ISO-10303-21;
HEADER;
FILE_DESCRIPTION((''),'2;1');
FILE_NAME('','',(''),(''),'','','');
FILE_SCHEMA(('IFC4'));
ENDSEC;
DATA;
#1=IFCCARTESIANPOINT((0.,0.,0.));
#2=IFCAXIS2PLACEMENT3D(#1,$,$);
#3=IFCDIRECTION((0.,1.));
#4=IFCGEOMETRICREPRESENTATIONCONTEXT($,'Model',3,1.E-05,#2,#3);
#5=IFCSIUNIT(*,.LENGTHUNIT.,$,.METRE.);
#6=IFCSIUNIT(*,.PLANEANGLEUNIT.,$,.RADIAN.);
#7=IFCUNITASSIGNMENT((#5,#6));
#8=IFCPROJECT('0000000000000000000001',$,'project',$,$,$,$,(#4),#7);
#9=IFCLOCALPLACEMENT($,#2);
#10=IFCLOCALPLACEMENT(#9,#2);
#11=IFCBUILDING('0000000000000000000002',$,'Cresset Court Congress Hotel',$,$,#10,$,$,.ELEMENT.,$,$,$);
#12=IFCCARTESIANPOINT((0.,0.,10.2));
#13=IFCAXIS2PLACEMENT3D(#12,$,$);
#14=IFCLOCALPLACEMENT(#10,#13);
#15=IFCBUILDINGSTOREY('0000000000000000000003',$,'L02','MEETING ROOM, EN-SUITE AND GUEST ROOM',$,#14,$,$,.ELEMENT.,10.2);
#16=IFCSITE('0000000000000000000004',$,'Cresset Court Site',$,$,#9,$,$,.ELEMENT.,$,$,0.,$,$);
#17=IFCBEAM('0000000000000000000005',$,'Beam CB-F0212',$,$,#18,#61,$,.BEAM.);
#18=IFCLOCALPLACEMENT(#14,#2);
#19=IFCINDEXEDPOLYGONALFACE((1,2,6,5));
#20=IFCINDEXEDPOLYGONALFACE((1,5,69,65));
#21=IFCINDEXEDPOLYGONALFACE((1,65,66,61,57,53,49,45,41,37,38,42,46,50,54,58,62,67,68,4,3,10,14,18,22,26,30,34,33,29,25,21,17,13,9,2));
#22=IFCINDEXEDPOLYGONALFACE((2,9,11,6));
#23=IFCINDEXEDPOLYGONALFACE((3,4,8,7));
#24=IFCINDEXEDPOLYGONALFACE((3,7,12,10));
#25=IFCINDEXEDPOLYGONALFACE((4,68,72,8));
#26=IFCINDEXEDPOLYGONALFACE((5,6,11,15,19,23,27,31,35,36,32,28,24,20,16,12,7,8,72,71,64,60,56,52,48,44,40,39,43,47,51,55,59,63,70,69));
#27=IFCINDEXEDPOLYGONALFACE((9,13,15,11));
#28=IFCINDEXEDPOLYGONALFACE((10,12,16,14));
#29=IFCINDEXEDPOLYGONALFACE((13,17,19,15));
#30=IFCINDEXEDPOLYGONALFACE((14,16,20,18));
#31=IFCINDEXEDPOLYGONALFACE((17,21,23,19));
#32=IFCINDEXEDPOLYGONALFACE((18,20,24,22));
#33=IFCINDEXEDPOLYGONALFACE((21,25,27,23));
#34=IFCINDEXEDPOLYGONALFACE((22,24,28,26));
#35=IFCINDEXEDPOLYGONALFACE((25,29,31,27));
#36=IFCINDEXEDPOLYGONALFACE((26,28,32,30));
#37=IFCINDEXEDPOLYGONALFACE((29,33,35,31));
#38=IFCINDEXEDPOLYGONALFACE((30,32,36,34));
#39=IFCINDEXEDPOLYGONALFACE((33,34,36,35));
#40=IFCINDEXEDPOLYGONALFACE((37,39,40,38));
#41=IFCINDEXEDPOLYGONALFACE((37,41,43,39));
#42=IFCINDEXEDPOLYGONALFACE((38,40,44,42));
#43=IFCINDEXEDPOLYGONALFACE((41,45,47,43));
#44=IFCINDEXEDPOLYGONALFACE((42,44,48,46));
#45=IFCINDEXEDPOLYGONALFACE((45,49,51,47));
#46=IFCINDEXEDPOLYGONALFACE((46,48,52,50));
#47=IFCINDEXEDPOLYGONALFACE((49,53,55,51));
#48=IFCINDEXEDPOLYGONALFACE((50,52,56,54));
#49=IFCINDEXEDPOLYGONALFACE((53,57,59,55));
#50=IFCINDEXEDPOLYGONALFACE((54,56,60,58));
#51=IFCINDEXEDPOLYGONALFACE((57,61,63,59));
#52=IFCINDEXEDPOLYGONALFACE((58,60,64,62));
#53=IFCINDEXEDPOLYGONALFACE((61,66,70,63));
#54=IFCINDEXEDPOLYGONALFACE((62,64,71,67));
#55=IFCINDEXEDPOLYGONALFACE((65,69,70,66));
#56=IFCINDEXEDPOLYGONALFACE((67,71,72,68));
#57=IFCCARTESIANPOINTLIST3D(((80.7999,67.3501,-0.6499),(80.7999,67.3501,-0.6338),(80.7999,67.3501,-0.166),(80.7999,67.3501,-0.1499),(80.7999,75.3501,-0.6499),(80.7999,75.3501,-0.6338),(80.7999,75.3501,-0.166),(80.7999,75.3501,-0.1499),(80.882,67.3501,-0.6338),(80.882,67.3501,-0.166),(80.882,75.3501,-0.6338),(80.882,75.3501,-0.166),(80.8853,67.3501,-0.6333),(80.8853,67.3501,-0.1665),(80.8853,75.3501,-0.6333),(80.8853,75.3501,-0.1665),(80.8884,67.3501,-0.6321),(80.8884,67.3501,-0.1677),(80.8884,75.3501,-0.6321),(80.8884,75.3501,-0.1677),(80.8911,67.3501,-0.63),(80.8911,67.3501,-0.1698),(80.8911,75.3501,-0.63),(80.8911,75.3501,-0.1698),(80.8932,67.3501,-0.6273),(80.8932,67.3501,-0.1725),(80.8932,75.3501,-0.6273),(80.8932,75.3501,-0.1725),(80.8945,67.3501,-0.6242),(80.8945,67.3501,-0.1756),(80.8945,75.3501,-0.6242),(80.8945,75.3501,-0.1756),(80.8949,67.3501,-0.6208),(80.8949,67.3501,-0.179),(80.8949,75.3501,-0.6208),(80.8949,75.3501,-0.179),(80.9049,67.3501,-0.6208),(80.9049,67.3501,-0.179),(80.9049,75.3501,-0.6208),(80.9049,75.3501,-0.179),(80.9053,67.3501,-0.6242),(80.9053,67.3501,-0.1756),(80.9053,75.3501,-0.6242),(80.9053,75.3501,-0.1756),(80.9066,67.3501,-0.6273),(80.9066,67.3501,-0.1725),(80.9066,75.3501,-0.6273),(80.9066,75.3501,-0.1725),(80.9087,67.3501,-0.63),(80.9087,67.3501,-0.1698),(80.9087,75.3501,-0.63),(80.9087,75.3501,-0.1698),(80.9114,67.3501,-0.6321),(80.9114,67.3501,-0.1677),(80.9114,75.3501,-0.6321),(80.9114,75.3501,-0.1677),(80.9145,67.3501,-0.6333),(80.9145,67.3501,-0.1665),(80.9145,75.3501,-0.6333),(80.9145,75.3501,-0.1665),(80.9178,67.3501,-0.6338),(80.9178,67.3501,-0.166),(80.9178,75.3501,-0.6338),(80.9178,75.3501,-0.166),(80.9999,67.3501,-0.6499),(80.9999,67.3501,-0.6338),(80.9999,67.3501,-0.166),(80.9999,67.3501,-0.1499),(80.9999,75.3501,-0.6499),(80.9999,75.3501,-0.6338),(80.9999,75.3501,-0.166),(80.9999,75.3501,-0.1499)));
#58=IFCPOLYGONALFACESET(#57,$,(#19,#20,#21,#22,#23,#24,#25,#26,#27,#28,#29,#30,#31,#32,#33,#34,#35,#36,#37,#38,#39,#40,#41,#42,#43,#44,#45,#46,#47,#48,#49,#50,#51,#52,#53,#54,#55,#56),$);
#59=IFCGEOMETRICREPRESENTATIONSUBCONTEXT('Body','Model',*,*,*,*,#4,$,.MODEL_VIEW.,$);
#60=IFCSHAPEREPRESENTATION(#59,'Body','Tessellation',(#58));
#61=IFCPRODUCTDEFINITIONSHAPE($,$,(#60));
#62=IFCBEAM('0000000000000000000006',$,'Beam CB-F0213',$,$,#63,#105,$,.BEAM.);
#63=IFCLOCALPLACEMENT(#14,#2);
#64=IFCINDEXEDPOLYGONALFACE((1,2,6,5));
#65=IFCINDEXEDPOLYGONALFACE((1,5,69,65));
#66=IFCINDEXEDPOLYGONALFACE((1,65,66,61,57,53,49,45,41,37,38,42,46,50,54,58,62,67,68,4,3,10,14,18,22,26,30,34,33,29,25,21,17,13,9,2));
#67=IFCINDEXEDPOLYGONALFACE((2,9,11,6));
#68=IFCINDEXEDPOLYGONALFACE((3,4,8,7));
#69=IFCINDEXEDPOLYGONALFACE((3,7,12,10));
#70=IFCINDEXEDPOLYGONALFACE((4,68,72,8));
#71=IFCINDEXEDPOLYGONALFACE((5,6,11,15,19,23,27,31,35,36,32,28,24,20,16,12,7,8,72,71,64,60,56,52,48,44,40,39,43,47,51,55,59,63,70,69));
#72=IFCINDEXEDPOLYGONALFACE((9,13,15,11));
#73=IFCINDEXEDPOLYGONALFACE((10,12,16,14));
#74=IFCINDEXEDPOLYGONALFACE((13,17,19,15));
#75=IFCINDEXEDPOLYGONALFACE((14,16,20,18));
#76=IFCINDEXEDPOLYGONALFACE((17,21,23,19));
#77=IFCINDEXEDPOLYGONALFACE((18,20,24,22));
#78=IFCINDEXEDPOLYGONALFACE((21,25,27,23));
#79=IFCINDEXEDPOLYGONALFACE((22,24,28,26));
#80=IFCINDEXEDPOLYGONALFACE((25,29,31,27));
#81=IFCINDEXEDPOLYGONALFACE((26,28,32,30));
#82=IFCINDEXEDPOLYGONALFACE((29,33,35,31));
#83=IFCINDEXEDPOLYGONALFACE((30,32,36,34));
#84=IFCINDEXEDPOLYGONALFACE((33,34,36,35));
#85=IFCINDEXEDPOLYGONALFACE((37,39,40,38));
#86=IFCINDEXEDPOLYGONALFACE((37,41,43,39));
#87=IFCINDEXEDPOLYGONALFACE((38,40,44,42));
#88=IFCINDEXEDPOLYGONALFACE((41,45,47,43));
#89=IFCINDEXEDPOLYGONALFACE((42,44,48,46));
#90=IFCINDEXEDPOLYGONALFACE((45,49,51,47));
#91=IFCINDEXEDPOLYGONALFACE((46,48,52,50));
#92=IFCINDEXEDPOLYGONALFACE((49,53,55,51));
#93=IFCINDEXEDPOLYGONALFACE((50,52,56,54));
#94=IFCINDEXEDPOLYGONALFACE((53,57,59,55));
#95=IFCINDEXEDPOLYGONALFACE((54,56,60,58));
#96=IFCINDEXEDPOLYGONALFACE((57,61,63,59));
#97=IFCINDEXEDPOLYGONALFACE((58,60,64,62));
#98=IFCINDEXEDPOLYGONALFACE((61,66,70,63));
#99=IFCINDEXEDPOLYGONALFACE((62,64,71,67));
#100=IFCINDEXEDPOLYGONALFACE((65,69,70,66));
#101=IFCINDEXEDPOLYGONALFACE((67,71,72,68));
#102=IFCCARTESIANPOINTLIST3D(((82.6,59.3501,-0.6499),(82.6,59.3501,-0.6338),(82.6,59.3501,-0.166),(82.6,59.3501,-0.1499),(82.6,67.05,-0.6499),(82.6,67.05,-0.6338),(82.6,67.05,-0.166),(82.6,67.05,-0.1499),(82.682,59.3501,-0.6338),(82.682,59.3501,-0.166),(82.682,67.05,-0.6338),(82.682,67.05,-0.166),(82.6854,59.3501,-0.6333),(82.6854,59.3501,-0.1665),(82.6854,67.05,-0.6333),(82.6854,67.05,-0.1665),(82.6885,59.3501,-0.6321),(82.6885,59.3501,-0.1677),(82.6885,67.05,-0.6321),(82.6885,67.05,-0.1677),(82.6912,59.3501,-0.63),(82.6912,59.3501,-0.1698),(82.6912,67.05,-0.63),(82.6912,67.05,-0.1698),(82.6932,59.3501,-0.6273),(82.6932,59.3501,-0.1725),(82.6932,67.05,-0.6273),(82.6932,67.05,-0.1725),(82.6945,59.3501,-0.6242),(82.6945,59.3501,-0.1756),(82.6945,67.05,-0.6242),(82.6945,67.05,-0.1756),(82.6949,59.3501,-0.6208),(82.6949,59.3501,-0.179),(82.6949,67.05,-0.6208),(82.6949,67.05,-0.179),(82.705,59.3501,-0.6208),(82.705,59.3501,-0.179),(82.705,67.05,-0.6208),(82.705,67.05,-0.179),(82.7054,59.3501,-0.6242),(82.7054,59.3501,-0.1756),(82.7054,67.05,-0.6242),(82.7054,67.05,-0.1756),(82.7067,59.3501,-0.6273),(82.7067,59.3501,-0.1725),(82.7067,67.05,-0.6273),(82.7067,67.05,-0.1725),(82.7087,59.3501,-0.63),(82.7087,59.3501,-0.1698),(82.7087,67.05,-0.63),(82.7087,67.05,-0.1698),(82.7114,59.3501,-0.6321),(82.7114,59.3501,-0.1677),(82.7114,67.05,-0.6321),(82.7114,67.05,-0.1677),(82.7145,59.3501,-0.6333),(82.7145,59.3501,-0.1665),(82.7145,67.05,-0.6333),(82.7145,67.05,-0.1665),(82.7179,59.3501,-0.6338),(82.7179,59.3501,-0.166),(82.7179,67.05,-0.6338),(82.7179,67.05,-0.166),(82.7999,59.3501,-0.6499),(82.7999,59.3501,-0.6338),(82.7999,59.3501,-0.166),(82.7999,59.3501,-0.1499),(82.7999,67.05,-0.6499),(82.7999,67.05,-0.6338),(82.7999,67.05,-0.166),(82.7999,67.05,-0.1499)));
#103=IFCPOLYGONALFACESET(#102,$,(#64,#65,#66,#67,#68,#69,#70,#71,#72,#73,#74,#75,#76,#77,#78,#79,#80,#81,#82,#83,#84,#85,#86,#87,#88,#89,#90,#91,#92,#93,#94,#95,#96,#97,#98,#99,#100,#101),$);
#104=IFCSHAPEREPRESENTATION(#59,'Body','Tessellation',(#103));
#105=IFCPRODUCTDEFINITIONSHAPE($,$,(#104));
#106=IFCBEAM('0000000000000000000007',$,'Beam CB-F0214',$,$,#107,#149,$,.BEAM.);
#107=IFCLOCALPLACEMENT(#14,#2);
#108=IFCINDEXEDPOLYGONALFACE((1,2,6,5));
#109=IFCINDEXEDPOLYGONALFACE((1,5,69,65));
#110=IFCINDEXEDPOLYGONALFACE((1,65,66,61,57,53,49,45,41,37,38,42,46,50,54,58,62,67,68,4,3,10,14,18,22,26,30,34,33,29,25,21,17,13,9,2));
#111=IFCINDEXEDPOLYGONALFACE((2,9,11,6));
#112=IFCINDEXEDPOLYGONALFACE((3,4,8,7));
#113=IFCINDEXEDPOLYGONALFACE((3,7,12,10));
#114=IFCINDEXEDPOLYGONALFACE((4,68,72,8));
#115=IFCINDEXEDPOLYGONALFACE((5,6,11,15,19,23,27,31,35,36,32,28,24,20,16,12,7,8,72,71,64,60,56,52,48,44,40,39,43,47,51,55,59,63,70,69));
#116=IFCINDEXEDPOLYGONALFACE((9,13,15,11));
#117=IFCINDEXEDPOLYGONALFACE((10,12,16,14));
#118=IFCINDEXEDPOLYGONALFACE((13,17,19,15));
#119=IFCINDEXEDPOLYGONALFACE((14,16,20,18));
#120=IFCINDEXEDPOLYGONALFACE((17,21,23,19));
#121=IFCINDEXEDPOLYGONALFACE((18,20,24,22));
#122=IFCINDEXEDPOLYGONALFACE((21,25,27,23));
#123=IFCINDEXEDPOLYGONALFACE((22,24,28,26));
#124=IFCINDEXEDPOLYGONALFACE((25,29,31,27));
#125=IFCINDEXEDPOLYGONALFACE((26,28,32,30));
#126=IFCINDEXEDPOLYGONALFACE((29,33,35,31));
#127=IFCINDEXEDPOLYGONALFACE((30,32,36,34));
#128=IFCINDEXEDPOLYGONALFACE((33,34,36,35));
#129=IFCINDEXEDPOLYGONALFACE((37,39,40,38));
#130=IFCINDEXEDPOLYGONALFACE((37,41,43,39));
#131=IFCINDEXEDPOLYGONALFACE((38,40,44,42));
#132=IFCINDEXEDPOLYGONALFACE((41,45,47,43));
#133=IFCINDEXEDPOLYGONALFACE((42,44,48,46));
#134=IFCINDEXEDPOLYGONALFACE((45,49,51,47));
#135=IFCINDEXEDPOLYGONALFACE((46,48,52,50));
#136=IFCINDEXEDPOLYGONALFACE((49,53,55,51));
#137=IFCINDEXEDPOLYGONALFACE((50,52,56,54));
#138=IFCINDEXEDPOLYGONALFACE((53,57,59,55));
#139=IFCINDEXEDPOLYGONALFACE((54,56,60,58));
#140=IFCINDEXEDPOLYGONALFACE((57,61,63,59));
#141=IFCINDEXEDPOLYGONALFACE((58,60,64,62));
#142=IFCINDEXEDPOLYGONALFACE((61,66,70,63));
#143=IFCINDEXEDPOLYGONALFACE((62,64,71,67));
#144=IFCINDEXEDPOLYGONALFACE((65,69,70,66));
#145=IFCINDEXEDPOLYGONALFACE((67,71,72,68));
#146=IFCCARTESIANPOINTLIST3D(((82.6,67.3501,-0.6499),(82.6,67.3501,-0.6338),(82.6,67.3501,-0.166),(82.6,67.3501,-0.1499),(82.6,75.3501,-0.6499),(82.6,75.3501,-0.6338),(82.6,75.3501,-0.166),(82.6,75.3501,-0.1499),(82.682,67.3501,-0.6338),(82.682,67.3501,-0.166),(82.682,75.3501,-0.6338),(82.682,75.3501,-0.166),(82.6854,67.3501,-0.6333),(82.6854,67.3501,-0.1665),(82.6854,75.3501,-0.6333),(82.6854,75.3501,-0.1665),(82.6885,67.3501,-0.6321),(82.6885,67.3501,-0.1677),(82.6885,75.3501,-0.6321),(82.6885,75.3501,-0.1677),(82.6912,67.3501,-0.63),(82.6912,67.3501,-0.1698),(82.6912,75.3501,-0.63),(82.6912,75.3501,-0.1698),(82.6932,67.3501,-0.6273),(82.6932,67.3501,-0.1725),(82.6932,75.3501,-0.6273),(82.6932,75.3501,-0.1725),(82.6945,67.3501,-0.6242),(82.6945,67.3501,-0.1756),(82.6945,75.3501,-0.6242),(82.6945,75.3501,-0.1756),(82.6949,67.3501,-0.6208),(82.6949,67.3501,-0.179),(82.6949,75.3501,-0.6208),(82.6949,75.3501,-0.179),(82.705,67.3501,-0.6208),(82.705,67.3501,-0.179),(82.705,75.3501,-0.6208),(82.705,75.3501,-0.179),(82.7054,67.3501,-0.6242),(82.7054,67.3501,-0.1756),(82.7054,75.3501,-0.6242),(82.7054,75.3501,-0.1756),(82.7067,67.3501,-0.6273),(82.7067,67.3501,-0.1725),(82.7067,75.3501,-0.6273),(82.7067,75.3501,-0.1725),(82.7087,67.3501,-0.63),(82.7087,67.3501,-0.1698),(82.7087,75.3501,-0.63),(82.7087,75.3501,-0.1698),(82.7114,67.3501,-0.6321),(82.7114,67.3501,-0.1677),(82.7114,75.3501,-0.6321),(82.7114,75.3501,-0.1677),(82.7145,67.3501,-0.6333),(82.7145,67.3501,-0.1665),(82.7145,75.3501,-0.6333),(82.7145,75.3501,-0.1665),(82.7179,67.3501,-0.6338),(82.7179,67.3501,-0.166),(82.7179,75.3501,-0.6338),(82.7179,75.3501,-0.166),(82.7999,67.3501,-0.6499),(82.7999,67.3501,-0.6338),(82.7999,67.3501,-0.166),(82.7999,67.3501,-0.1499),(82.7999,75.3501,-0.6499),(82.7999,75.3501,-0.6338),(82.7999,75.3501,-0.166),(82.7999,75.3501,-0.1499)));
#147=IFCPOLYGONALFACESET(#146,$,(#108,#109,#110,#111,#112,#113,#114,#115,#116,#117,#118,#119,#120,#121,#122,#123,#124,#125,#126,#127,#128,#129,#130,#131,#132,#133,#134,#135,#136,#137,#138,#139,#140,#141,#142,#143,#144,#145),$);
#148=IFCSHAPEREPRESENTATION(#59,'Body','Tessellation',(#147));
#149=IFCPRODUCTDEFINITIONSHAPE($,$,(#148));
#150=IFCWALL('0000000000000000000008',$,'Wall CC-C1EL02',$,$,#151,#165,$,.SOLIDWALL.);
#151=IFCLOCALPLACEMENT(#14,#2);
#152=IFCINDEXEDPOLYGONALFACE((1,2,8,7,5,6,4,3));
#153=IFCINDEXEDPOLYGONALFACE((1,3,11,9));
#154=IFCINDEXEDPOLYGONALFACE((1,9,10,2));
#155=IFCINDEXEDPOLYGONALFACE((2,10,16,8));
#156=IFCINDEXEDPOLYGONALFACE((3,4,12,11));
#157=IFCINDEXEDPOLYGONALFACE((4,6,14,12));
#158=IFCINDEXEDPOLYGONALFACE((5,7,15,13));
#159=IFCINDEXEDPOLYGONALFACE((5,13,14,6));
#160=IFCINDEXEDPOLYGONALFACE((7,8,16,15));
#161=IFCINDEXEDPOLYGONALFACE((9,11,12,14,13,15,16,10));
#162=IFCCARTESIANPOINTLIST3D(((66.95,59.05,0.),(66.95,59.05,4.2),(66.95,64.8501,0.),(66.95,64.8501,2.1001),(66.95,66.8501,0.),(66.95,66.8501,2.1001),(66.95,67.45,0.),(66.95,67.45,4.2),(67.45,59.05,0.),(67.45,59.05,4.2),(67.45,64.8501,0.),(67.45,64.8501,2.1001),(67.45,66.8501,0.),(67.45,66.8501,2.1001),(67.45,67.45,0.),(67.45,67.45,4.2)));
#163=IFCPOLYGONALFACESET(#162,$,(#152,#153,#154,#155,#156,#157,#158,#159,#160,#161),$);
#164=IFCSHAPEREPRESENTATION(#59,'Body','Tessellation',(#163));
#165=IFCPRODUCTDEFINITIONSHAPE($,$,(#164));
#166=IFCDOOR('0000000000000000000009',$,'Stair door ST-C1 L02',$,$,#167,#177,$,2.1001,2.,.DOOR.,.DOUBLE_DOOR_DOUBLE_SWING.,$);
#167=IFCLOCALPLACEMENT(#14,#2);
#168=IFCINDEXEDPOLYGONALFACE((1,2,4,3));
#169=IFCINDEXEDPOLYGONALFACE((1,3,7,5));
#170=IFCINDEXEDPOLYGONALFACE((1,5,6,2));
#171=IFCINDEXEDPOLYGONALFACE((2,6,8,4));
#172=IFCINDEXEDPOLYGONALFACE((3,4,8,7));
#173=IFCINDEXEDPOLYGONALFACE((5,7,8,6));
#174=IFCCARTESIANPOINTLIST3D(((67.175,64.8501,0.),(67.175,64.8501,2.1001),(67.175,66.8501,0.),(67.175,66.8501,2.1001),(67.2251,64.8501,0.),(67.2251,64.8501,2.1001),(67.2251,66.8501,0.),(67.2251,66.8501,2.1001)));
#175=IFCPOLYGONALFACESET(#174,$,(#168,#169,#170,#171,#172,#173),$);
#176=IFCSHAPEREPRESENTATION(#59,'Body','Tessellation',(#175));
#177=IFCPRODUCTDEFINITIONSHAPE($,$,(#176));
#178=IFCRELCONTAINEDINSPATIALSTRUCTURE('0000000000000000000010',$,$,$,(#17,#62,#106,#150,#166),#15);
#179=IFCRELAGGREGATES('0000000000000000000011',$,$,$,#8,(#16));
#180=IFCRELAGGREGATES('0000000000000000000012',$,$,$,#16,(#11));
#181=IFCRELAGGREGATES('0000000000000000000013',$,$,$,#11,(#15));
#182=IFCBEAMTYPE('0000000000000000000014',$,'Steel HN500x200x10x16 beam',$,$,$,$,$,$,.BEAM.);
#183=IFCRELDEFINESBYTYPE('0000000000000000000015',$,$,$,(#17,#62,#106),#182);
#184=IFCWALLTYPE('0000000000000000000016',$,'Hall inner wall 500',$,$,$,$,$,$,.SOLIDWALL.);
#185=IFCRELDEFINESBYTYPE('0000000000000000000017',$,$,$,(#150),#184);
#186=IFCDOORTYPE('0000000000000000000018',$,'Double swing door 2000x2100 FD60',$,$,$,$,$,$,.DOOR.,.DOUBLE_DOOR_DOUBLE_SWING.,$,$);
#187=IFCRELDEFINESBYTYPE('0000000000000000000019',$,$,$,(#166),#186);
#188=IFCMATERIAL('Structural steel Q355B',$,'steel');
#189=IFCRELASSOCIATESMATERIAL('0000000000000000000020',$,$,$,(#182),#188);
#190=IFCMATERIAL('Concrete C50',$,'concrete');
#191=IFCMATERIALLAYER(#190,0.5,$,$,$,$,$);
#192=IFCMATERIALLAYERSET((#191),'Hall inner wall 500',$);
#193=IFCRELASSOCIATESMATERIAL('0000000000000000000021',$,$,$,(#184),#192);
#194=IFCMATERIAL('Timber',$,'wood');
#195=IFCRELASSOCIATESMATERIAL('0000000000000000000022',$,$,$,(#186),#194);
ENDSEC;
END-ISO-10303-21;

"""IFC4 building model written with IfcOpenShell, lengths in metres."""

from ifc_helpers import new_model, si_unit, direction, frame, frame_2d, origin, origin_2d, place, context, subcontext, project, spatial, rectangle, i_section, extrude, material, layer, layer_set, material_profile, profile_set, type_object, element, fill, save


model = new_model("IFC4")

# Units and contexts
model_context = context("Model", 3, precision=1e-05, world=origin(), true_north=direction((0.0, 1.0)))
body_context = subcontext(model_context, "Body", "Model", "MODEL_VIEW")
ifc_project = project(units=[si_unit("LENGTHUNIT", "METRE"), si_unit("PLANEANGLEUNIT", "RADIAN")], contexts=[model_context])

# Site, building, storey
site_placement = place(None, origin())
site = spatial("IfcSite", under=ifc_project, at=site_placement, Name="Cresset Court Site", CompositionType="ELEMENT", RefElevation=0.0)
building_placement = place(site_placement, origin())
building = spatial("IfcBuilding", under=site, at=building_placement, Name="Cresset Court Congress Hotel", CompositionType="ELEMENT")
storey_placement = place(building_placement, frame((0.0, 0.0, 10.2)))
storey = spatial("IfcBuildingStorey", under=building, at=storey_placement, Name="L02", Description="MEETING ROOM, EN-SUITE AND GUEST ROOM", CompositionType="ELEMENT", Elevation=10.2)

# Beams
ifc_material_1 = material(Name="Structural steel Q355B", Category="steel")
ifc_material_profile_1 = material_profile(ifc_material_1, i_section(OverallWidth=0.2, OverallDepth=0.5, WebThickness=0.01, FlangeThickness=0.0161, FilletRadius=0.0129, at=origin_2d()), Name="HN500x200x10x16")
ifc_profile_set_1 = profile_set([ifc_material_profile_1], Name="Structural steel Q355B")
beam_type_1 = type_object("IfcBeamType", Name="Steel HN500x200x10x16 beam", PredefinedType="BEAM", material=ifc_profile_set_1)
beam_1_placement = place(storey_placement, frame((80.8999, 67.3501, -0.3999), z_axis=(0.0, 1.0, 0.0), x_axis=(-1.0, 0.0, 0.0)))
element("IfcBeam", 1, at=beam_1_placement, inside=storey, type_object=beam_type_1, Name="Beam CB-F0212", PredefinedType="BEAM", context=body_context, shape_type="SweptSolid", body=[
    extrude(i_section(OverallWidth=0.2, OverallDepth=0.5, WebThickness=0.01, FlangeThickness=0.0161, FilletRadius=0.0129, at=origin_2d()), origin(), (0.0, 0.0, 1.0), 8.0),
])
beam_2_placement = place(storey_placement, frame((82.7, 59.3501, -0.3999), z_axis=(0.0, 1.0, 0.0), x_axis=(-1.0, 0.0, 0.0)))
element("IfcBeam", 2, at=beam_2_placement, inside=storey, type_object=beam_type_1, Name="Beam CB-F0213", PredefinedType="BEAM", context=body_context, shape_type="SweptSolid", body=[
    extrude(i_section(OverallWidth=0.2, OverallDepth=0.5, WebThickness=0.01, FlangeThickness=0.0161, FilletRadius=0.0129, at=origin_2d()), origin(), (0.0, 0.0, 1.0), 7.7),
])
beam_3_placement = place(storey_placement, frame((82.7, 67.3501, -0.3999), z_axis=(0.0, 1.0, 0.0), x_axis=(-1.0, 0.0, 0.0)))
element("IfcBeam", 3, at=beam_3_placement, inside=storey, type_object=beam_type_1, Name="Beam CB-F0214", PredefinedType="BEAM", context=body_context, shape_type="SweptSolid", body=[
    extrude(i_section(OverallWidth=0.2, OverallDepth=0.5, WebThickness=0.01, FlangeThickness=0.0161, FilletRadius=0.0129, at=origin_2d()), origin(), (0.0, 0.0, 1.0), 8.0),
])

# Wall, opening, door
ifc_material_2 = material(Name="Concrete C50", Category="concrete")
ifc_layer_1 = layer(ifc_material_2, 0.5)
ifc_layer_set_1 = layer_set([ifc_layer_1], Name="Hall inner wall 500")
wall_type_1 = type_object("IfcWallType", Name="Hall inner wall 500", PredefinedType="SOLIDWALL", material=ifc_layer_set_1)
wall_1_placement = place(storey_placement, frame((67.2, 59.05, 0.0), z_axis=(0.0, 0.0, 1.0), x_axis=(0.0, 1.0, 0.0)))
wall_1 = element("IfcWall", 4, at=wall_1_placement, inside=storey, type_object=wall_type_1, Name="Wall CC-C1EL02", PredefinedType="SOLIDWALL", context=body_context, shape_type="SweptSolid", body=[
    extrude(rectangle(XDim=8.3999, YDim=0.5, at=frame_2d((4.2, 0.0))), origin(), (0.0, 0.0, 1.0), 4.2),
])
opening_1_placement = place(wall_1_placement, frame((5.8, 0.0, 0.0)))
opening_1 = element("IfcOpeningElement", 5, at=opening_1_placement, cuts=wall_1, PredefinedType="OPENING", context=body_context, shape_type="SweptSolid", body=[
    extrude(rectangle(XDim=2.0, YDim=2.1001, at=frame_2d((1.0, 1.05))), frame((0.0, 0.26, 0.0), z_axis=(0.0, -1.0, 0.0), x_axis=(1.0, 0.0, 0.0)), (0.0, 0.0, 1.0), 0.52),
])
ifc_material_3 = material(Name="Timber", Category="wood")
door_type_1 = type_object("IfcDoorType", Name="Double swing door 2000x2100 FD60", OperationType="DOUBLE_DOOR_DOUBLE_SWING", PredefinedType="DOOR", material=ifc_material_3)
door_1_placement = place(opening_1_placement, origin())
door_1 = element("IfcDoor", 6, at=door_1_placement, inside=storey, type_object=door_type_1, Name="Stair door ST-C1 L02", OperationType="DOUBLE_DOOR_DOUBLE_SWING", OverallHeight=2.1001, OverallWidth=2.0, PredefinedType="DOOR", context=body_context, shape_type="SweptSolid", body=[
    extrude(rectangle(XDim=2.0, YDim=2.1001, at=frame_2d((1.0, 1.05))), frame((0.0, 0.0249, 0.0), z_axis=(0.0, -1.0, 0.0), x_axis=(1.0, 0.0, 0.0)), (0.0, 0.0, 1.0), 0.05),
])
fill(opening_1, door_1)

save(model, "model.ifc")
